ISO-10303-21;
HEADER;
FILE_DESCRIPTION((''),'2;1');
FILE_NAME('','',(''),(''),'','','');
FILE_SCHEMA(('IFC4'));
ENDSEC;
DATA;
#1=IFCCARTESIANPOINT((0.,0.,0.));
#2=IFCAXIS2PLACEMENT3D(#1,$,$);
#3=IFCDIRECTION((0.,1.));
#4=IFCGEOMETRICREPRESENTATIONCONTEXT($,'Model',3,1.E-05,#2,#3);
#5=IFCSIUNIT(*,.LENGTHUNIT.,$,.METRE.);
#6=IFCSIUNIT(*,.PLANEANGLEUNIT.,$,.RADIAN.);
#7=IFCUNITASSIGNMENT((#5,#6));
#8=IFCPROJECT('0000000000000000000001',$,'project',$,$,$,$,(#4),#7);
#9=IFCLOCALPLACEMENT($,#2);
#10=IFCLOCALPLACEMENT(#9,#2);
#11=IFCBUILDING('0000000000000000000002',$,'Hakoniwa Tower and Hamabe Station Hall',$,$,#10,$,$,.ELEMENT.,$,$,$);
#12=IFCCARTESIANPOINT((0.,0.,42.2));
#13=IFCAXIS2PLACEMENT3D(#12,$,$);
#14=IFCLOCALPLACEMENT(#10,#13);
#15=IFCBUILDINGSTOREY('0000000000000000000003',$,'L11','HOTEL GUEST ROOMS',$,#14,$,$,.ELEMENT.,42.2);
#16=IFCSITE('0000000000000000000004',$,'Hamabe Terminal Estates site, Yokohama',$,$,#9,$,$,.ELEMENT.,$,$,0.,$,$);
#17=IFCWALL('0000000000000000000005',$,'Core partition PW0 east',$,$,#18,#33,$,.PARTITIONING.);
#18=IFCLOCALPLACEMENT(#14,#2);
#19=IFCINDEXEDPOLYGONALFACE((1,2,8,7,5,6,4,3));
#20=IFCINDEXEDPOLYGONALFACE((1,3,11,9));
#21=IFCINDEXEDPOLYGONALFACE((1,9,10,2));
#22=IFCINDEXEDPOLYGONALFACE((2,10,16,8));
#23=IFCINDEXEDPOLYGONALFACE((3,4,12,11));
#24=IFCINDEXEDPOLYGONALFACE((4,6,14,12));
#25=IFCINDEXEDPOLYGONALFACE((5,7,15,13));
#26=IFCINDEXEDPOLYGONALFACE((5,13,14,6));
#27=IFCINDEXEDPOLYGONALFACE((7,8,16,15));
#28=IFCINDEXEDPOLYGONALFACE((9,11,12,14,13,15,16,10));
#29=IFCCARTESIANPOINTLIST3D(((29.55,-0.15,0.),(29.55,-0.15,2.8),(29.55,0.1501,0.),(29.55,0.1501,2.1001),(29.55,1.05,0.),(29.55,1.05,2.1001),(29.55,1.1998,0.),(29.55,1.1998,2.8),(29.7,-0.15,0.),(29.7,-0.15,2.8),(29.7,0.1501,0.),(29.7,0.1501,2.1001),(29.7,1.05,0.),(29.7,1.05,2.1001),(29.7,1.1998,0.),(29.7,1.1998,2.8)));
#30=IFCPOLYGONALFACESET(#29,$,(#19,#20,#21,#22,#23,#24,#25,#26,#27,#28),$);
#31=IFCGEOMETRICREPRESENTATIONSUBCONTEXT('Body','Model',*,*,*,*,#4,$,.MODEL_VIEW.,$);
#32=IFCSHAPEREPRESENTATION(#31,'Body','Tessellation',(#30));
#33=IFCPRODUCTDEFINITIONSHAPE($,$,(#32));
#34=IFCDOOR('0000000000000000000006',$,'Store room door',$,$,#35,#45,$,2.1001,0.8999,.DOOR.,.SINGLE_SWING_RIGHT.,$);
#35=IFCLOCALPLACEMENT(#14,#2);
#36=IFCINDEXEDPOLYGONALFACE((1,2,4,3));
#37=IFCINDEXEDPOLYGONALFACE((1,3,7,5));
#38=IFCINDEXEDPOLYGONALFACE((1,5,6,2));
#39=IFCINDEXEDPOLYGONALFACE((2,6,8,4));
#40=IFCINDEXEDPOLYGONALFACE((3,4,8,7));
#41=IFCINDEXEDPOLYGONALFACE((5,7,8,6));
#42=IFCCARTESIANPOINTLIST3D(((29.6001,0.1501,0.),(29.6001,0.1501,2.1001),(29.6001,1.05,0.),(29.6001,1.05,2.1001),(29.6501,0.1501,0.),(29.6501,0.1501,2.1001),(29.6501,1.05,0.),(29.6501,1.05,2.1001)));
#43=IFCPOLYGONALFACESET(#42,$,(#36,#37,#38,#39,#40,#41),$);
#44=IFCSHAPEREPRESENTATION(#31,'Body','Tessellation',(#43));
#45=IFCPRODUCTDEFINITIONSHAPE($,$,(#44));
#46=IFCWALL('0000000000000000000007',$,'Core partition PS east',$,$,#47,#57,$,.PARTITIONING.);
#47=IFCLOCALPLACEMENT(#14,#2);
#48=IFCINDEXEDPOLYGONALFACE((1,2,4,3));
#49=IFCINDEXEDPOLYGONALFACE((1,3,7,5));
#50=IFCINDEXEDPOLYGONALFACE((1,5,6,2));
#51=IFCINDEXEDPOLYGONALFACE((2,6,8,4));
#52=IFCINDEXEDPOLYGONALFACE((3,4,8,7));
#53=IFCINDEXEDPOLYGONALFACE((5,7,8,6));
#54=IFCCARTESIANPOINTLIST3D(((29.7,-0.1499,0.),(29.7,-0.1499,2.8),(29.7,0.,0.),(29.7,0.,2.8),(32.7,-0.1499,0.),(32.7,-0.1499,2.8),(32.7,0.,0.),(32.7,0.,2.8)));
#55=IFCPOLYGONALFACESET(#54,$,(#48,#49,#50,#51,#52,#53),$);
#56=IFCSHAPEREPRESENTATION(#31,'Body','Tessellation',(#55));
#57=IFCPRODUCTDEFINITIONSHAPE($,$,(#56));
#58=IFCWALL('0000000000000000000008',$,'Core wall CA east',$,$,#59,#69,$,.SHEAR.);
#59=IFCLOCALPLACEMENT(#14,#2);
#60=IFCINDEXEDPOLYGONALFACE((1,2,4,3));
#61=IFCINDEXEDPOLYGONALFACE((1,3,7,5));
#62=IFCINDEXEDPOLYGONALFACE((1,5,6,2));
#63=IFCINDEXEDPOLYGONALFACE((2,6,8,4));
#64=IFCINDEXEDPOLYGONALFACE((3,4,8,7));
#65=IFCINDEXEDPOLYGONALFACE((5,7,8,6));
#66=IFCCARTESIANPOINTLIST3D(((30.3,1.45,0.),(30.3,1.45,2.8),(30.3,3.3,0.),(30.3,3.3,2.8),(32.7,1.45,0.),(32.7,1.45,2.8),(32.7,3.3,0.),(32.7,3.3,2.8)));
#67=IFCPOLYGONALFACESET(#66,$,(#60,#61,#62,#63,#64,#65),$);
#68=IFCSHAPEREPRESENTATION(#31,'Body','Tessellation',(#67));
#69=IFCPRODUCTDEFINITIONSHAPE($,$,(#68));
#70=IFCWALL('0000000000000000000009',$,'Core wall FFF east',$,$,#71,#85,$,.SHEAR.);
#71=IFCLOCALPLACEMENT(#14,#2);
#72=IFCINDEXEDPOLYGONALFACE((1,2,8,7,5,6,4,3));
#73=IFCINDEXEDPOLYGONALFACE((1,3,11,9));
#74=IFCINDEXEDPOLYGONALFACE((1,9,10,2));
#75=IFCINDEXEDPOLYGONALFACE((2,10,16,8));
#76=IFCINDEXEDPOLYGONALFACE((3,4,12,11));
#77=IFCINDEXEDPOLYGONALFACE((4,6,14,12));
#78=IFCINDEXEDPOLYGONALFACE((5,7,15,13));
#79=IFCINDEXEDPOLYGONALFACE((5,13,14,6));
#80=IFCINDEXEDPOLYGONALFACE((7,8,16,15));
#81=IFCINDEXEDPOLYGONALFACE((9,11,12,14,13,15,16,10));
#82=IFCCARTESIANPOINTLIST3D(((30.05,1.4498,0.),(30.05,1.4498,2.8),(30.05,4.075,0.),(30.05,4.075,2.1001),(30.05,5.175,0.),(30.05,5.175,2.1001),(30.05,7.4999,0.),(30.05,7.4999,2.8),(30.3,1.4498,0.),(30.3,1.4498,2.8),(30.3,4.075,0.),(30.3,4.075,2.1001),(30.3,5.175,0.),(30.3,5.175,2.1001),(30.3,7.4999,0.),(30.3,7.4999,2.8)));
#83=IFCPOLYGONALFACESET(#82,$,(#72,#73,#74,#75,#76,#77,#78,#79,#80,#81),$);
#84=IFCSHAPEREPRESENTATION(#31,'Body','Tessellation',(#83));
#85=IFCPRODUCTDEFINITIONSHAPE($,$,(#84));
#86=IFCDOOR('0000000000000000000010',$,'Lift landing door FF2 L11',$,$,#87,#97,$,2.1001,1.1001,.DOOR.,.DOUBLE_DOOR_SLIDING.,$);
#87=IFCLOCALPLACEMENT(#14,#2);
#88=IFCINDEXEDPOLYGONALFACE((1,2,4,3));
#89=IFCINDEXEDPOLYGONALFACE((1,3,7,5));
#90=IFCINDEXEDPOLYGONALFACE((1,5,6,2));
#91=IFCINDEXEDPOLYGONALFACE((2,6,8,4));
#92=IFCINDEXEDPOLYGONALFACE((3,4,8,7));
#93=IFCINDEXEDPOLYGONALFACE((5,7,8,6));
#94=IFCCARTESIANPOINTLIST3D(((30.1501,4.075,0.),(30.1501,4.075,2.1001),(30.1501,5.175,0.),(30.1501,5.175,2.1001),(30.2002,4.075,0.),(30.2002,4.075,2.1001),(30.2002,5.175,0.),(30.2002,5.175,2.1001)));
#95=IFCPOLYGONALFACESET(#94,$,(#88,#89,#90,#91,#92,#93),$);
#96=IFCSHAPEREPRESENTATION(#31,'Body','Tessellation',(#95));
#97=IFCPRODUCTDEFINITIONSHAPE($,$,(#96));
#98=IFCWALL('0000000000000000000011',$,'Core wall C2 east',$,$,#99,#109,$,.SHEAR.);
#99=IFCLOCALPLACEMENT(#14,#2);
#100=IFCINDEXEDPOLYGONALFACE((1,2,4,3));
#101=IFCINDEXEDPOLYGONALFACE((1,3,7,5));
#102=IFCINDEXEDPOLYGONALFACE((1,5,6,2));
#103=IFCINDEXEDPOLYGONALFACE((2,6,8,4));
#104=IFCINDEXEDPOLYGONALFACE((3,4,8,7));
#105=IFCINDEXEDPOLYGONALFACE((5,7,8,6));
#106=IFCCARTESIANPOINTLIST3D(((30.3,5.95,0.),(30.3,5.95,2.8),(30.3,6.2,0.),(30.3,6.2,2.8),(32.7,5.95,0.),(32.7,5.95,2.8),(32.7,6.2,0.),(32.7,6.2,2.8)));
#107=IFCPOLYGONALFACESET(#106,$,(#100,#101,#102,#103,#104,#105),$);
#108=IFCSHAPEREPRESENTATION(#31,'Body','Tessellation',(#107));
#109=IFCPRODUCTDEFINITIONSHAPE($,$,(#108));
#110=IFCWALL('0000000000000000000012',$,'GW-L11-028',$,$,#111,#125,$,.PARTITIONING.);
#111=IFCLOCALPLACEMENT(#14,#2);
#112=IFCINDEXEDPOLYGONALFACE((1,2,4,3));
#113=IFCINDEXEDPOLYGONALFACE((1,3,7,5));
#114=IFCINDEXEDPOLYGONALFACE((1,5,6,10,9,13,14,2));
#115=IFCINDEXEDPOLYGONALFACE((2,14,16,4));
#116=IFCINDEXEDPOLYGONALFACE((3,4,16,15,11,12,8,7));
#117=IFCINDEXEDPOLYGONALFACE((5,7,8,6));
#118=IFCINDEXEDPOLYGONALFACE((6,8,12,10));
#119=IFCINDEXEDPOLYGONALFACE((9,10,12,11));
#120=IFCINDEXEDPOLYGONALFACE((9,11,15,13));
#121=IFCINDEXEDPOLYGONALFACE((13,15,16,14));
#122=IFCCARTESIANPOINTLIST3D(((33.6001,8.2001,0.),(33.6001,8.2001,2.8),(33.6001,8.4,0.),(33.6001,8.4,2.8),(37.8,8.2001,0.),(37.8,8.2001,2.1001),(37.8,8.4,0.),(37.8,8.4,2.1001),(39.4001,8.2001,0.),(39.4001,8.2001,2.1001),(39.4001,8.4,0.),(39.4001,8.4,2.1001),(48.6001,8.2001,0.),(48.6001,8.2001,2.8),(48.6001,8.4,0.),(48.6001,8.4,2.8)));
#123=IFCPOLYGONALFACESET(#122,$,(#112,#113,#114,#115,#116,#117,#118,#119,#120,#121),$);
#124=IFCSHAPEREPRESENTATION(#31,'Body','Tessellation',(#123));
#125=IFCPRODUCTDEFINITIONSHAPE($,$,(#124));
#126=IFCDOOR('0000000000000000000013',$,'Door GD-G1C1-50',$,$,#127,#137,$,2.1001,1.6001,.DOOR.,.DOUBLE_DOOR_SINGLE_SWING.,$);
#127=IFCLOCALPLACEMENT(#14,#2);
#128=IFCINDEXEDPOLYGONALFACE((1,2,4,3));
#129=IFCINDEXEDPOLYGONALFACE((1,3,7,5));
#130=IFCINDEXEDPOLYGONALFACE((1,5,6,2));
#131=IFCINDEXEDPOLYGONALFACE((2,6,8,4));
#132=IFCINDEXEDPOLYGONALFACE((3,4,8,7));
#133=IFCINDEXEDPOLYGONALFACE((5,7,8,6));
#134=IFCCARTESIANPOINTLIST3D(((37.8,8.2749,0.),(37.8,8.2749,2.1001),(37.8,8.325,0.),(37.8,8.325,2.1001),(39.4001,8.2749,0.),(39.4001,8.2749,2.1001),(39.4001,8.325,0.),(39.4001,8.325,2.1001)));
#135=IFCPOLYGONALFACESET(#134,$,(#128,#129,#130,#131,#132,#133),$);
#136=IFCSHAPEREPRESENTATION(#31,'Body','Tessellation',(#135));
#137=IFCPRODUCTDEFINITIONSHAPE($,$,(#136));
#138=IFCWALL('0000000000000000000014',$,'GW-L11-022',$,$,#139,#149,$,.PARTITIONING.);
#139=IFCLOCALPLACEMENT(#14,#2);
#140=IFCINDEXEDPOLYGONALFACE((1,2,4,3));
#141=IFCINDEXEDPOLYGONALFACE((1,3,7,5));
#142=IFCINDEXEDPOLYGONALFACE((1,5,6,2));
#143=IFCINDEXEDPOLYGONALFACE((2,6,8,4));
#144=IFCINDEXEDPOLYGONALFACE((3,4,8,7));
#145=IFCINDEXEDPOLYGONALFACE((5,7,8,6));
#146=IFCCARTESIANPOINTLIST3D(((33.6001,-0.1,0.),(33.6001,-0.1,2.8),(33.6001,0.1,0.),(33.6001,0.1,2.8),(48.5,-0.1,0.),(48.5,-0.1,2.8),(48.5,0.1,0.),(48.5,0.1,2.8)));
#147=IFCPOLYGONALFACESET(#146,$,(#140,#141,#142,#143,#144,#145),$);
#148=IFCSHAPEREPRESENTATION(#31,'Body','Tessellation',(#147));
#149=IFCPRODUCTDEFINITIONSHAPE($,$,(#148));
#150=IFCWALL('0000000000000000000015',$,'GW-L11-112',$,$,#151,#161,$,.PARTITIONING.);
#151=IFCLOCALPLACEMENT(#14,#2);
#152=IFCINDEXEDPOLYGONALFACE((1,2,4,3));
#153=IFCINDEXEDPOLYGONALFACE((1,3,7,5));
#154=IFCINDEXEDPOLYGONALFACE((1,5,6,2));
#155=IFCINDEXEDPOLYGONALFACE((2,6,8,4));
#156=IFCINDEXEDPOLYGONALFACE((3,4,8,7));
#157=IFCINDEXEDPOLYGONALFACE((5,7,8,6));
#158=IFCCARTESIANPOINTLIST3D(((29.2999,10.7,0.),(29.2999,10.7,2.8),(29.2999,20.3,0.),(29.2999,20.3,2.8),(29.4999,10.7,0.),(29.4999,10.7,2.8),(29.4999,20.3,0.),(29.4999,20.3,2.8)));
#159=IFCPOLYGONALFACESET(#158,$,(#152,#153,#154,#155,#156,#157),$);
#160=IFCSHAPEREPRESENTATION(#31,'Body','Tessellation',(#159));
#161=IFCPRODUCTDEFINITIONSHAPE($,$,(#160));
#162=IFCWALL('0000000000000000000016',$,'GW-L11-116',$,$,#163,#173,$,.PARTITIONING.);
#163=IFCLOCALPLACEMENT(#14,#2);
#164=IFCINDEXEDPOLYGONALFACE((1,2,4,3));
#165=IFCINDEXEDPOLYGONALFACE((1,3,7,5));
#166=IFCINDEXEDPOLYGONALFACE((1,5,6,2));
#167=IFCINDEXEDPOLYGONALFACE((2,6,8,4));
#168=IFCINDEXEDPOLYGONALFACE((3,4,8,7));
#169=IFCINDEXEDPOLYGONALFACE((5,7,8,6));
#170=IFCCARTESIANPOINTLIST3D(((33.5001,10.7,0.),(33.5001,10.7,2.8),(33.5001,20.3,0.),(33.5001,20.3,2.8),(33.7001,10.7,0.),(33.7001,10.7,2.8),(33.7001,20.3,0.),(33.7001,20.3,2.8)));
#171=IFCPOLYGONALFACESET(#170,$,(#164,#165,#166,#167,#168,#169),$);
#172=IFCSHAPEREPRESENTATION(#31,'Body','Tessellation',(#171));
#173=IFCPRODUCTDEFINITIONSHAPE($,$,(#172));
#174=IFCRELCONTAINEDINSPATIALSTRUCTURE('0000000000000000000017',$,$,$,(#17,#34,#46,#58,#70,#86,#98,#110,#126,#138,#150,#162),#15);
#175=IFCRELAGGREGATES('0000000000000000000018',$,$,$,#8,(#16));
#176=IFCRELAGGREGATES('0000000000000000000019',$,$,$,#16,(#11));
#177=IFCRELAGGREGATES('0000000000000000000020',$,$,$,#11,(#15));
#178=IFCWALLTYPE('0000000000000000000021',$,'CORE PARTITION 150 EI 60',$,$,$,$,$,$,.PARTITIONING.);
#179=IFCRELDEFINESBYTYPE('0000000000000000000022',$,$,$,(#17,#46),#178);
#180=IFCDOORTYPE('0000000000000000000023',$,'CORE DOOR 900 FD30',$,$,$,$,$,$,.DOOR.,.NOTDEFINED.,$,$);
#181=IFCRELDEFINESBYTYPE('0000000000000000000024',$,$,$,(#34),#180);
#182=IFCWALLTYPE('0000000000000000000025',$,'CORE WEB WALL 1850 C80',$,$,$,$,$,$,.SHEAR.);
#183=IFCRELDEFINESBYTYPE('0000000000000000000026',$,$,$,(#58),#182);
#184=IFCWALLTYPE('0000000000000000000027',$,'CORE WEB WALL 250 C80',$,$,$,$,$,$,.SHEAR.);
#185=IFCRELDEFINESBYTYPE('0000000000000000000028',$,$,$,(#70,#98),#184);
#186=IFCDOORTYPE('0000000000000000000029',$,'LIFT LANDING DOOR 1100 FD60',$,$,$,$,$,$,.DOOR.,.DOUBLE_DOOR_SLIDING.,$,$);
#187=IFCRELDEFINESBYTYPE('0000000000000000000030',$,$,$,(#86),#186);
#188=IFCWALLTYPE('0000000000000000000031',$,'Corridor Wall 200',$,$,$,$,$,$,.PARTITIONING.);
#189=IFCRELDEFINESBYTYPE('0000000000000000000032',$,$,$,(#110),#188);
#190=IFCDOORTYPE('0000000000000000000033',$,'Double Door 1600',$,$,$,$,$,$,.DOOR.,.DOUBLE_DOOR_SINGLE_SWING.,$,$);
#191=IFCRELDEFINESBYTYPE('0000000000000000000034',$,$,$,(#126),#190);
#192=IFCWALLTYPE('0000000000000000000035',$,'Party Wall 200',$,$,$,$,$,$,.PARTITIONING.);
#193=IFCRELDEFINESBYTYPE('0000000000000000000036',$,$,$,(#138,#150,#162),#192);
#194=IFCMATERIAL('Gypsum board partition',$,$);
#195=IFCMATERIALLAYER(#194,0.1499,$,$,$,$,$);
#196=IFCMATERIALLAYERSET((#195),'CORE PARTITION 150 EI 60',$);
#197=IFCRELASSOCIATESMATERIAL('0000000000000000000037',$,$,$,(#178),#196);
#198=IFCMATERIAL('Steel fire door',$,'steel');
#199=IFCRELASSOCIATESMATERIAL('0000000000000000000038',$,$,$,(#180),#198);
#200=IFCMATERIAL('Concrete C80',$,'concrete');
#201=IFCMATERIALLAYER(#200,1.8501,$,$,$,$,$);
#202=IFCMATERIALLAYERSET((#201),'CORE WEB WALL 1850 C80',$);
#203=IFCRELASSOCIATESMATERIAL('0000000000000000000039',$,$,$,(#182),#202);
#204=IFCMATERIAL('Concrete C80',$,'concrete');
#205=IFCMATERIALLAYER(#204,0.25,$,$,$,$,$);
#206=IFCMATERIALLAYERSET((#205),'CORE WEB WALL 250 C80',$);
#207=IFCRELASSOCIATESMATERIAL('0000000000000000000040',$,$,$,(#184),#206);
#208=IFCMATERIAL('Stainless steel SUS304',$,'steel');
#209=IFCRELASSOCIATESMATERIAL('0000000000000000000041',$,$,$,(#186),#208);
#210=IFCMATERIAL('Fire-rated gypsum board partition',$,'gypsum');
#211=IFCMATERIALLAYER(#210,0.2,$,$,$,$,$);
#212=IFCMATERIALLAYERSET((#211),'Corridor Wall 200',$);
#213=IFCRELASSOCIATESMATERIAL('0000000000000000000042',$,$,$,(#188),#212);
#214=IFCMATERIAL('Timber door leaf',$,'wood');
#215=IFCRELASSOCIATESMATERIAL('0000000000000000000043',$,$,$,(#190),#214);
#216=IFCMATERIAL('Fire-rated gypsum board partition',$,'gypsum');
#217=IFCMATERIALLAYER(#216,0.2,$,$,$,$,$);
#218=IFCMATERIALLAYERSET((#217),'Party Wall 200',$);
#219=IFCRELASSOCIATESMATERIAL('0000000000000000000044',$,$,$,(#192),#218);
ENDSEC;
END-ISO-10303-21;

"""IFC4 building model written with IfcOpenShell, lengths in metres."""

from ifc_helpers import new_model, si_unit, direction, frame, frame_2d, origin, place, context, subcontext, project, spatial, rectangle, extrude, material, layer, layer_set, type_object, element, fill, save


model = new_model("IFC4")

# Units and contexts
model_context = context("Model", 3, precision=1e-05, world=origin(), true_north=direction((0.0, 1.0)))
body_context = subcontext(model_context, "Body", "Model", "MODEL_VIEW")
ifc_project = project(units=[si_unit("LENGTHUNIT", "METRE"), si_unit("PLANEANGLEUNIT", "RADIAN")], contexts=[model_context])

# Site, building, storey
site_placement = place(None, origin())
site = spatial("IfcSite", under=ifc_project, at=site_placement, Name="Hamabe Terminal Estates site, Yokohama", CompositionType="ELEMENT", RefElevation=0.0)
building_placement = place(site_placement, origin())
building = spatial("IfcBuilding", under=site, at=building_placement, Name="Hakoniwa Tower and Hamabe Station Hall", CompositionType="ELEMENT")
storey_placement = place(building_placement, frame((0.0, 0.0, 42.2)))
storey = spatial("IfcBuildingStorey", under=building, at=storey_placement, Name="L11", Description="HOTEL GUEST ROOMS", CompositionType="ELEMENT", Elevation=42.2)

# Wall, opening, door
ifc_material_1 = material(Name="Gypsum board partition")
ifc_layer_1 = layer(ifc_material_1, 0.1499)
ifc_layer_set_1 = layer_set([ifc_layer_1], Name="CORE PARTITION 150 EI 60")
wall_type_1 = type_object("IfcWallType", Name="CORE PARTITION 150 EI 60", PredefinedType="PARTITIONING", material=ifc_layer_set_1)
wall_1_placement = place(storey_placement, frame((29.625, -0.1499, 0.0), z_axis=(0.0, 0.0, 1.0), x_axis=(0.0, 1.0, 0.0)))
wall_1 = element("IfcWall", 1, at=wall_1_placement, inside=storey, type_object=wall_type_1, Name="Core partition PW0 east", PredefinedType="PARTITIONING", context=body_context, shape_type="SweptSolid", body=[
    extrude(rectangle(XDim=1.3499, YDim=0.1499, at=frame_2d((0.6748, 0.0))), origin(), (0.0, 0.0, 1.0), 2.8),
])
opening_1_placement = place(wall_1_placement, frame((0.3, 0.0, 0.0)))
opening_1 = element("IfcOpeningElement", 2, at=opening_1_placement, cuts=wall_1, PredefinedType="OPENING", context=body_context, shape_type="SweptSolid", body=[
    extrude(rectangle(XDim=0.8999, YDim=2.1001, at=frame_2d((0.45, 1.05))), frame((0.0, 0.085, 0.0), z_axis=(0.0, -1.0, 0.0), x_axis=(1.0, 0.0, 0.0)), (0.0, 0.0, 1.0), 0.1699),
])
ifc_material_2 = material(Name="Steel fire door", Category="steel")
door_type_1 = type_object("IfcDoorType", Name="CORE DOOR 900 FD30", OperationType="NOTDEFINED", PredefinedType="DOOR", material=ifc_material_2)
door_1_placement = place(opening_1_placement, origin())
door_1 = element("IfcDoor", 3, at=door_1_placement, inside=storey, type_object=door_type_1, Name="Store room door", OperationType="SINGLE_SWING_RIGHT", OverallHeight=2.1001, OverallWidth=0.8999, PredefinedType="DOOR", context=body_context, shape_type="SweptSolid", body=[
    extrude(rectangle(XDim=0.8999, YDim=2.1001, at=frame_2d((0.45, 1.05))), frame((0.0, 0.0249, 0.0), z_axis=(0.0, -1.0, 0.0), x_axis=(1.0, 0.0, 0.0)), (0.0, 0.0, 1.0), 0.05),
])
fill(opening_1, door_1)

# Walls
wall_2_placement = place(storey_placement, frame((29.7, -0.075, 0.0), z_axis=(0.0, 0.0, 1.0), x_axis=(1.0, 0.0, 0.0)))
element("IfcWall", 4, at=wall_2_placement, inside=storey, type_object=wall_type_1, Name="Core partition PS east", PredefinedType="PARTITIONING", context=body_context, shape_type="SweptSolid", body=[
    extrude(rectangle(XDim=3.0, YDim=0.1499, at=frame_2d((1.5, 0.0))), origin(), (0.0, 0.0, 1.0), 2.8),
])
ifc_material_3 = material(Name="Concrete C80", Category="concrete")
ifc_layer_2 = layer(ifc_material_3, 1.8501)
ifc_layer_set_2 = layer_set([ifc_layer_2], Name="CORE WEB WALL 1850 C80")
wall_type_2 = type_object("IfcWallType", Name="CORE WEB WALL 1850 C80", PredefinedType="SHEAR", material=ifc_layer_set_2)
wall_3_placement = place(storey_placement, frame((30.3, 2.375, 0.0), z_axis=(0.0, 0.0, 1.0), x_axis=(1.0, 0.0, 0.0)))
element("IfcWall", 5, at=wall_3_placement, inside=storey, type_object=wall_type_2, Name="Core wall CA east", PredefinedType="SHEAR", context=body_context, shape_type="SweptSolid", body=[
    extrude(rectangle(XDim=2.3999, YDim=1.8501, at=frame_2d((1.2, 0.0))), origin(), (0.0, 0.0, 1.0), 2.8),
])

# Wall, opening, door
ifc_material_4 = material(Name="Concrete C80", Category="concrete")
ifc_layer_3 = layer(ifc_material_4, 0.25)
ifc_layer_set_3 = layer_set([ifc_layer_3], Name="CORE WEB WALL 250 C80")
wall_type_3 = type_object("IfcWallType", Name="CORE WEB WALL 250 C80", PredefinedType="SHEAR", material=ifc_layer_set_3)
wall_4_placement = place(storey_placement, frame((30.175, 1.45, 0.0), z_axis=(0.0, 0.0, 1.0), x_axis=(0.0, 1.0, 0.0)))
wall_4 = element("IfcWall", 6, at=wall_4_placement, inside=storey, type_object=wall_type_3, Name="Core wall FFF east", PredefinedType="SHEAR", context=body_context, shape_type="SweptSolid", body=[
    extrude(rectangle(XDim=6.05, YDim=0.25, at=frame_2d((3.0249, 0.0))), origin(), (0.0, 0.0, 1.0), 2.8),
])
opening_2_placement = place(wall_4_placement, frame((2.625, 0.0, 0.0)))
opening_2 = element("IfcOpeningElement", 7, at=opening_2_placement, cuts=wall_4, PredefinedType="OPENING", context=body_context, shape_type="SweptSolid", body=[
    extrude(rectangle(XDim=1.1001, YDim=2.1001, at=frame_2d((0.55, 1.05))), frame((0.0, 0.135, 0.0), z_axis=(0.0, -1.0, 0.0), x_axis=(1.0, 0.0, 0.0)), (0.0, 0.0, 1.0), 0.27),
])
ifc_material_5 = material(Name="Stainless steel SUS304", Category="steel")
door_type_2 = type_object("IfcDoorType", Name="LIFT LANDING DOOR 1100 FD60", OperationType="DOUBLE_DOOR_SLIDING", PredefinedType="DOOR", material=ifc_material_5)
door_2_placement = place(opening_2_placement, origin())
door_2 = element("IfcDoor", 8, at=door_2_placement, inside=storey, type_object=door_type_2, Name="Lift landing door FF2 L11", OperationType="DOUBLE_DOOR_SLIDING", OverallHeight=2.1001, OverallWidth=1.1001, PredefinedType="DOOR", context=body_context, shape_type="SweptSolid", body=[
    extrude(rectangle(XDim=1.1001, YDim=2.1001, at=frame_2d((0.55, 1.05))), frame((0.0, 0.0249, 0.0), z_axis=(0.0, -1.0, 0.0), x_axis=(1.0, 0.0, 0.0)), (0.0, 0.0, 1.0), 0.05),
])
fill(opening_2, door_2)

# Wall
wall_5_placement = place(storey_placement, frame((30.3, 6.075, 0.0), z_axis=(0.0, 0.0, 1.0), x_axis=(1.0, 0.0, 0.0)))
element("IfcWall", 9, at=wall_5_placement, inside=storey, type_object=wall_type_3, Name="Core wall C2 east", PredefinedType="SHEAR", context=body_context, shape_type="SweptSolid", body=[
    extrude(rectangle(XDim=2.3999, YDim=0.25, at=frame_2d((1.2, 0.0))), origin(), (0.0, 0.0, 1.0), 2.8),
])

# Wall, opening, door
ifc_material_6 = material(Name="Fire-rated gypsum board partition", Category="gypsum")
ifc_layer_4 = layer(ifc_material_6, 0.2)
ifc_layer_set_4 = layer_set([ifc_layer_4], Name="Corridor Wall 200")
wall_type_4 = type_object("IfcWallType", Name="Corridor Wall 200", PredefinedType="PARTITIONING", material=ifc_layer_set_4)
wall_6_placement = place(storey_placement, frame((33.6001, 8.3, 0.0), z_axis=(0.0, 0.0, 1.0), x_axis=(1.0, 0.0, 0.0)))
wall_6 = element("IfcWall", 10, at=wall_6_placement, inside=storey, type_object=wall_type_4, Name="GW-L11-028", PredefinedType="PARTITIONING", context=body_context, shape_type="SweptSolid", body=[
    extrude(rectangle(XDim=15.0, YDim=0.2, at=frame_2d((7.5, 0.0))), origin(), (0.0, 0.0, 1.0), 2.8),
])
opening_3_placement = place(wall_6_placement, frame((4.2, 0.0, 0.0)))
opening_3 = element("IfcOpeningElement", 11, at=opening_3_placement, cuts=wall_6, PredefinedType="OPENING", context=body_context, shape_type="SweptSolid", body=[
    extrude(rectangle(XDim=1.6001, YDim=2.1001, at=frame_2d((0.8, 1.05))), frame((0.0, 0.1099, 0.0), z_axis=(0.0, -1.0, 0.0), x_axis=(1.0, 0.0, 0.0)), (0.0, 0.0, 1.0), 0.22),
])
ifc_material_7 = material(Name="Timber door leaf", Category="wood")
door_type_3 = type_object("IfcDoorType", Name="Double Door 1600", OperationType="DOUBLE_DOOR_SINGLE_SWING", PredefinedType="DOOR", material=ifc_material_7)
door_3_placement = place(opening_3_placement, origin())
door_3 = element("IfcDoor", 12, at=door_3_placement, inside=storey, type_object=door_type_3, Name="Door GD-G1C1-50", OperationType="DOUBLE_DOOR_SINGLE_SWING", OverallHeight=2.1001, OverallWidth=1.6001, PredefinedType="DOOR", context=body_context, shape_type="SweptSolid", body=[
    extrude(rectangle(XDim=1.6001, YDim=2.1001, at=frame_2d((0.8, 1.05))), frame((0.0, 0.0249, 0.0), z_axis=(0.0, -1.0, 0.0), x_axis=(1.0, 0.0, 0.0)), (0.0, 0.0, 1.0), 0.05),
])
fill(opening_3, door_3)

# Walls
ifc_material_8 = material(Name="Fire-rated gypsum board partition", Category="gypsum")
ifc_layer_5 = layer(ifc_material_8, 0.2)
ifc_layer_set_5 = layer_set([ifc_layer_5], Name="Party Wall 200")
wall_type_5 = type_object("IfcWallType", Name="Party Wall 200", PredefinedType="PARTITIONING", material=ifc_layer_set_5)
wall_7_placement = place(storey_placement, frame((33.6001, 0.0, 0.0), z_axis=(0.0, 0.0, 1.0), x_axis=(1.0, 0.0, 0.0)))
element("IfcWall", 13, at=wall_7_placement, inside=storey, type_object=wall_type_5, Name="GW-L11-022", PredefinedType="PARTITIONING", context=body_context, shape_type="SweptSolid", body=[
    extrude(rectangle(XDim=14.8999, YDim=0.2, at=frame_2d((7.45, 0.0))), origin(), (0.0, 0.0, 1.0), 2.8),
])
for number, where, z_axis, x_axis, name in (
    (14, (29.3999, 10.7, 0.0), (0.0, 0.0, 1.0), (0.0, 1.0, 0.0), "GW-L11-112"),
    (15, (33.6001, 10.7, 0.0), (0.0, 0.0, 1.0), (0.0, 1.0, 0.0), "GW-L11-116"),
):
    element("IfcWall", number, at=place(storey_placement, frame(where, z_axis=z_axis, x_axis=x_axis)), inside=storey, type_object=wall_type_5, Name=name, PredefinedType="PARTITIONING", context=body_context, shape_type="SweptSolid", body=[
        extrude(rectangle(XDim=9.6001, YDim=0.2, at=frame_2d((4.8, 0.0))), origin(), (0.0, 0.0, 1.0), 2.8),
    ])

save(model, "model.ifc")
